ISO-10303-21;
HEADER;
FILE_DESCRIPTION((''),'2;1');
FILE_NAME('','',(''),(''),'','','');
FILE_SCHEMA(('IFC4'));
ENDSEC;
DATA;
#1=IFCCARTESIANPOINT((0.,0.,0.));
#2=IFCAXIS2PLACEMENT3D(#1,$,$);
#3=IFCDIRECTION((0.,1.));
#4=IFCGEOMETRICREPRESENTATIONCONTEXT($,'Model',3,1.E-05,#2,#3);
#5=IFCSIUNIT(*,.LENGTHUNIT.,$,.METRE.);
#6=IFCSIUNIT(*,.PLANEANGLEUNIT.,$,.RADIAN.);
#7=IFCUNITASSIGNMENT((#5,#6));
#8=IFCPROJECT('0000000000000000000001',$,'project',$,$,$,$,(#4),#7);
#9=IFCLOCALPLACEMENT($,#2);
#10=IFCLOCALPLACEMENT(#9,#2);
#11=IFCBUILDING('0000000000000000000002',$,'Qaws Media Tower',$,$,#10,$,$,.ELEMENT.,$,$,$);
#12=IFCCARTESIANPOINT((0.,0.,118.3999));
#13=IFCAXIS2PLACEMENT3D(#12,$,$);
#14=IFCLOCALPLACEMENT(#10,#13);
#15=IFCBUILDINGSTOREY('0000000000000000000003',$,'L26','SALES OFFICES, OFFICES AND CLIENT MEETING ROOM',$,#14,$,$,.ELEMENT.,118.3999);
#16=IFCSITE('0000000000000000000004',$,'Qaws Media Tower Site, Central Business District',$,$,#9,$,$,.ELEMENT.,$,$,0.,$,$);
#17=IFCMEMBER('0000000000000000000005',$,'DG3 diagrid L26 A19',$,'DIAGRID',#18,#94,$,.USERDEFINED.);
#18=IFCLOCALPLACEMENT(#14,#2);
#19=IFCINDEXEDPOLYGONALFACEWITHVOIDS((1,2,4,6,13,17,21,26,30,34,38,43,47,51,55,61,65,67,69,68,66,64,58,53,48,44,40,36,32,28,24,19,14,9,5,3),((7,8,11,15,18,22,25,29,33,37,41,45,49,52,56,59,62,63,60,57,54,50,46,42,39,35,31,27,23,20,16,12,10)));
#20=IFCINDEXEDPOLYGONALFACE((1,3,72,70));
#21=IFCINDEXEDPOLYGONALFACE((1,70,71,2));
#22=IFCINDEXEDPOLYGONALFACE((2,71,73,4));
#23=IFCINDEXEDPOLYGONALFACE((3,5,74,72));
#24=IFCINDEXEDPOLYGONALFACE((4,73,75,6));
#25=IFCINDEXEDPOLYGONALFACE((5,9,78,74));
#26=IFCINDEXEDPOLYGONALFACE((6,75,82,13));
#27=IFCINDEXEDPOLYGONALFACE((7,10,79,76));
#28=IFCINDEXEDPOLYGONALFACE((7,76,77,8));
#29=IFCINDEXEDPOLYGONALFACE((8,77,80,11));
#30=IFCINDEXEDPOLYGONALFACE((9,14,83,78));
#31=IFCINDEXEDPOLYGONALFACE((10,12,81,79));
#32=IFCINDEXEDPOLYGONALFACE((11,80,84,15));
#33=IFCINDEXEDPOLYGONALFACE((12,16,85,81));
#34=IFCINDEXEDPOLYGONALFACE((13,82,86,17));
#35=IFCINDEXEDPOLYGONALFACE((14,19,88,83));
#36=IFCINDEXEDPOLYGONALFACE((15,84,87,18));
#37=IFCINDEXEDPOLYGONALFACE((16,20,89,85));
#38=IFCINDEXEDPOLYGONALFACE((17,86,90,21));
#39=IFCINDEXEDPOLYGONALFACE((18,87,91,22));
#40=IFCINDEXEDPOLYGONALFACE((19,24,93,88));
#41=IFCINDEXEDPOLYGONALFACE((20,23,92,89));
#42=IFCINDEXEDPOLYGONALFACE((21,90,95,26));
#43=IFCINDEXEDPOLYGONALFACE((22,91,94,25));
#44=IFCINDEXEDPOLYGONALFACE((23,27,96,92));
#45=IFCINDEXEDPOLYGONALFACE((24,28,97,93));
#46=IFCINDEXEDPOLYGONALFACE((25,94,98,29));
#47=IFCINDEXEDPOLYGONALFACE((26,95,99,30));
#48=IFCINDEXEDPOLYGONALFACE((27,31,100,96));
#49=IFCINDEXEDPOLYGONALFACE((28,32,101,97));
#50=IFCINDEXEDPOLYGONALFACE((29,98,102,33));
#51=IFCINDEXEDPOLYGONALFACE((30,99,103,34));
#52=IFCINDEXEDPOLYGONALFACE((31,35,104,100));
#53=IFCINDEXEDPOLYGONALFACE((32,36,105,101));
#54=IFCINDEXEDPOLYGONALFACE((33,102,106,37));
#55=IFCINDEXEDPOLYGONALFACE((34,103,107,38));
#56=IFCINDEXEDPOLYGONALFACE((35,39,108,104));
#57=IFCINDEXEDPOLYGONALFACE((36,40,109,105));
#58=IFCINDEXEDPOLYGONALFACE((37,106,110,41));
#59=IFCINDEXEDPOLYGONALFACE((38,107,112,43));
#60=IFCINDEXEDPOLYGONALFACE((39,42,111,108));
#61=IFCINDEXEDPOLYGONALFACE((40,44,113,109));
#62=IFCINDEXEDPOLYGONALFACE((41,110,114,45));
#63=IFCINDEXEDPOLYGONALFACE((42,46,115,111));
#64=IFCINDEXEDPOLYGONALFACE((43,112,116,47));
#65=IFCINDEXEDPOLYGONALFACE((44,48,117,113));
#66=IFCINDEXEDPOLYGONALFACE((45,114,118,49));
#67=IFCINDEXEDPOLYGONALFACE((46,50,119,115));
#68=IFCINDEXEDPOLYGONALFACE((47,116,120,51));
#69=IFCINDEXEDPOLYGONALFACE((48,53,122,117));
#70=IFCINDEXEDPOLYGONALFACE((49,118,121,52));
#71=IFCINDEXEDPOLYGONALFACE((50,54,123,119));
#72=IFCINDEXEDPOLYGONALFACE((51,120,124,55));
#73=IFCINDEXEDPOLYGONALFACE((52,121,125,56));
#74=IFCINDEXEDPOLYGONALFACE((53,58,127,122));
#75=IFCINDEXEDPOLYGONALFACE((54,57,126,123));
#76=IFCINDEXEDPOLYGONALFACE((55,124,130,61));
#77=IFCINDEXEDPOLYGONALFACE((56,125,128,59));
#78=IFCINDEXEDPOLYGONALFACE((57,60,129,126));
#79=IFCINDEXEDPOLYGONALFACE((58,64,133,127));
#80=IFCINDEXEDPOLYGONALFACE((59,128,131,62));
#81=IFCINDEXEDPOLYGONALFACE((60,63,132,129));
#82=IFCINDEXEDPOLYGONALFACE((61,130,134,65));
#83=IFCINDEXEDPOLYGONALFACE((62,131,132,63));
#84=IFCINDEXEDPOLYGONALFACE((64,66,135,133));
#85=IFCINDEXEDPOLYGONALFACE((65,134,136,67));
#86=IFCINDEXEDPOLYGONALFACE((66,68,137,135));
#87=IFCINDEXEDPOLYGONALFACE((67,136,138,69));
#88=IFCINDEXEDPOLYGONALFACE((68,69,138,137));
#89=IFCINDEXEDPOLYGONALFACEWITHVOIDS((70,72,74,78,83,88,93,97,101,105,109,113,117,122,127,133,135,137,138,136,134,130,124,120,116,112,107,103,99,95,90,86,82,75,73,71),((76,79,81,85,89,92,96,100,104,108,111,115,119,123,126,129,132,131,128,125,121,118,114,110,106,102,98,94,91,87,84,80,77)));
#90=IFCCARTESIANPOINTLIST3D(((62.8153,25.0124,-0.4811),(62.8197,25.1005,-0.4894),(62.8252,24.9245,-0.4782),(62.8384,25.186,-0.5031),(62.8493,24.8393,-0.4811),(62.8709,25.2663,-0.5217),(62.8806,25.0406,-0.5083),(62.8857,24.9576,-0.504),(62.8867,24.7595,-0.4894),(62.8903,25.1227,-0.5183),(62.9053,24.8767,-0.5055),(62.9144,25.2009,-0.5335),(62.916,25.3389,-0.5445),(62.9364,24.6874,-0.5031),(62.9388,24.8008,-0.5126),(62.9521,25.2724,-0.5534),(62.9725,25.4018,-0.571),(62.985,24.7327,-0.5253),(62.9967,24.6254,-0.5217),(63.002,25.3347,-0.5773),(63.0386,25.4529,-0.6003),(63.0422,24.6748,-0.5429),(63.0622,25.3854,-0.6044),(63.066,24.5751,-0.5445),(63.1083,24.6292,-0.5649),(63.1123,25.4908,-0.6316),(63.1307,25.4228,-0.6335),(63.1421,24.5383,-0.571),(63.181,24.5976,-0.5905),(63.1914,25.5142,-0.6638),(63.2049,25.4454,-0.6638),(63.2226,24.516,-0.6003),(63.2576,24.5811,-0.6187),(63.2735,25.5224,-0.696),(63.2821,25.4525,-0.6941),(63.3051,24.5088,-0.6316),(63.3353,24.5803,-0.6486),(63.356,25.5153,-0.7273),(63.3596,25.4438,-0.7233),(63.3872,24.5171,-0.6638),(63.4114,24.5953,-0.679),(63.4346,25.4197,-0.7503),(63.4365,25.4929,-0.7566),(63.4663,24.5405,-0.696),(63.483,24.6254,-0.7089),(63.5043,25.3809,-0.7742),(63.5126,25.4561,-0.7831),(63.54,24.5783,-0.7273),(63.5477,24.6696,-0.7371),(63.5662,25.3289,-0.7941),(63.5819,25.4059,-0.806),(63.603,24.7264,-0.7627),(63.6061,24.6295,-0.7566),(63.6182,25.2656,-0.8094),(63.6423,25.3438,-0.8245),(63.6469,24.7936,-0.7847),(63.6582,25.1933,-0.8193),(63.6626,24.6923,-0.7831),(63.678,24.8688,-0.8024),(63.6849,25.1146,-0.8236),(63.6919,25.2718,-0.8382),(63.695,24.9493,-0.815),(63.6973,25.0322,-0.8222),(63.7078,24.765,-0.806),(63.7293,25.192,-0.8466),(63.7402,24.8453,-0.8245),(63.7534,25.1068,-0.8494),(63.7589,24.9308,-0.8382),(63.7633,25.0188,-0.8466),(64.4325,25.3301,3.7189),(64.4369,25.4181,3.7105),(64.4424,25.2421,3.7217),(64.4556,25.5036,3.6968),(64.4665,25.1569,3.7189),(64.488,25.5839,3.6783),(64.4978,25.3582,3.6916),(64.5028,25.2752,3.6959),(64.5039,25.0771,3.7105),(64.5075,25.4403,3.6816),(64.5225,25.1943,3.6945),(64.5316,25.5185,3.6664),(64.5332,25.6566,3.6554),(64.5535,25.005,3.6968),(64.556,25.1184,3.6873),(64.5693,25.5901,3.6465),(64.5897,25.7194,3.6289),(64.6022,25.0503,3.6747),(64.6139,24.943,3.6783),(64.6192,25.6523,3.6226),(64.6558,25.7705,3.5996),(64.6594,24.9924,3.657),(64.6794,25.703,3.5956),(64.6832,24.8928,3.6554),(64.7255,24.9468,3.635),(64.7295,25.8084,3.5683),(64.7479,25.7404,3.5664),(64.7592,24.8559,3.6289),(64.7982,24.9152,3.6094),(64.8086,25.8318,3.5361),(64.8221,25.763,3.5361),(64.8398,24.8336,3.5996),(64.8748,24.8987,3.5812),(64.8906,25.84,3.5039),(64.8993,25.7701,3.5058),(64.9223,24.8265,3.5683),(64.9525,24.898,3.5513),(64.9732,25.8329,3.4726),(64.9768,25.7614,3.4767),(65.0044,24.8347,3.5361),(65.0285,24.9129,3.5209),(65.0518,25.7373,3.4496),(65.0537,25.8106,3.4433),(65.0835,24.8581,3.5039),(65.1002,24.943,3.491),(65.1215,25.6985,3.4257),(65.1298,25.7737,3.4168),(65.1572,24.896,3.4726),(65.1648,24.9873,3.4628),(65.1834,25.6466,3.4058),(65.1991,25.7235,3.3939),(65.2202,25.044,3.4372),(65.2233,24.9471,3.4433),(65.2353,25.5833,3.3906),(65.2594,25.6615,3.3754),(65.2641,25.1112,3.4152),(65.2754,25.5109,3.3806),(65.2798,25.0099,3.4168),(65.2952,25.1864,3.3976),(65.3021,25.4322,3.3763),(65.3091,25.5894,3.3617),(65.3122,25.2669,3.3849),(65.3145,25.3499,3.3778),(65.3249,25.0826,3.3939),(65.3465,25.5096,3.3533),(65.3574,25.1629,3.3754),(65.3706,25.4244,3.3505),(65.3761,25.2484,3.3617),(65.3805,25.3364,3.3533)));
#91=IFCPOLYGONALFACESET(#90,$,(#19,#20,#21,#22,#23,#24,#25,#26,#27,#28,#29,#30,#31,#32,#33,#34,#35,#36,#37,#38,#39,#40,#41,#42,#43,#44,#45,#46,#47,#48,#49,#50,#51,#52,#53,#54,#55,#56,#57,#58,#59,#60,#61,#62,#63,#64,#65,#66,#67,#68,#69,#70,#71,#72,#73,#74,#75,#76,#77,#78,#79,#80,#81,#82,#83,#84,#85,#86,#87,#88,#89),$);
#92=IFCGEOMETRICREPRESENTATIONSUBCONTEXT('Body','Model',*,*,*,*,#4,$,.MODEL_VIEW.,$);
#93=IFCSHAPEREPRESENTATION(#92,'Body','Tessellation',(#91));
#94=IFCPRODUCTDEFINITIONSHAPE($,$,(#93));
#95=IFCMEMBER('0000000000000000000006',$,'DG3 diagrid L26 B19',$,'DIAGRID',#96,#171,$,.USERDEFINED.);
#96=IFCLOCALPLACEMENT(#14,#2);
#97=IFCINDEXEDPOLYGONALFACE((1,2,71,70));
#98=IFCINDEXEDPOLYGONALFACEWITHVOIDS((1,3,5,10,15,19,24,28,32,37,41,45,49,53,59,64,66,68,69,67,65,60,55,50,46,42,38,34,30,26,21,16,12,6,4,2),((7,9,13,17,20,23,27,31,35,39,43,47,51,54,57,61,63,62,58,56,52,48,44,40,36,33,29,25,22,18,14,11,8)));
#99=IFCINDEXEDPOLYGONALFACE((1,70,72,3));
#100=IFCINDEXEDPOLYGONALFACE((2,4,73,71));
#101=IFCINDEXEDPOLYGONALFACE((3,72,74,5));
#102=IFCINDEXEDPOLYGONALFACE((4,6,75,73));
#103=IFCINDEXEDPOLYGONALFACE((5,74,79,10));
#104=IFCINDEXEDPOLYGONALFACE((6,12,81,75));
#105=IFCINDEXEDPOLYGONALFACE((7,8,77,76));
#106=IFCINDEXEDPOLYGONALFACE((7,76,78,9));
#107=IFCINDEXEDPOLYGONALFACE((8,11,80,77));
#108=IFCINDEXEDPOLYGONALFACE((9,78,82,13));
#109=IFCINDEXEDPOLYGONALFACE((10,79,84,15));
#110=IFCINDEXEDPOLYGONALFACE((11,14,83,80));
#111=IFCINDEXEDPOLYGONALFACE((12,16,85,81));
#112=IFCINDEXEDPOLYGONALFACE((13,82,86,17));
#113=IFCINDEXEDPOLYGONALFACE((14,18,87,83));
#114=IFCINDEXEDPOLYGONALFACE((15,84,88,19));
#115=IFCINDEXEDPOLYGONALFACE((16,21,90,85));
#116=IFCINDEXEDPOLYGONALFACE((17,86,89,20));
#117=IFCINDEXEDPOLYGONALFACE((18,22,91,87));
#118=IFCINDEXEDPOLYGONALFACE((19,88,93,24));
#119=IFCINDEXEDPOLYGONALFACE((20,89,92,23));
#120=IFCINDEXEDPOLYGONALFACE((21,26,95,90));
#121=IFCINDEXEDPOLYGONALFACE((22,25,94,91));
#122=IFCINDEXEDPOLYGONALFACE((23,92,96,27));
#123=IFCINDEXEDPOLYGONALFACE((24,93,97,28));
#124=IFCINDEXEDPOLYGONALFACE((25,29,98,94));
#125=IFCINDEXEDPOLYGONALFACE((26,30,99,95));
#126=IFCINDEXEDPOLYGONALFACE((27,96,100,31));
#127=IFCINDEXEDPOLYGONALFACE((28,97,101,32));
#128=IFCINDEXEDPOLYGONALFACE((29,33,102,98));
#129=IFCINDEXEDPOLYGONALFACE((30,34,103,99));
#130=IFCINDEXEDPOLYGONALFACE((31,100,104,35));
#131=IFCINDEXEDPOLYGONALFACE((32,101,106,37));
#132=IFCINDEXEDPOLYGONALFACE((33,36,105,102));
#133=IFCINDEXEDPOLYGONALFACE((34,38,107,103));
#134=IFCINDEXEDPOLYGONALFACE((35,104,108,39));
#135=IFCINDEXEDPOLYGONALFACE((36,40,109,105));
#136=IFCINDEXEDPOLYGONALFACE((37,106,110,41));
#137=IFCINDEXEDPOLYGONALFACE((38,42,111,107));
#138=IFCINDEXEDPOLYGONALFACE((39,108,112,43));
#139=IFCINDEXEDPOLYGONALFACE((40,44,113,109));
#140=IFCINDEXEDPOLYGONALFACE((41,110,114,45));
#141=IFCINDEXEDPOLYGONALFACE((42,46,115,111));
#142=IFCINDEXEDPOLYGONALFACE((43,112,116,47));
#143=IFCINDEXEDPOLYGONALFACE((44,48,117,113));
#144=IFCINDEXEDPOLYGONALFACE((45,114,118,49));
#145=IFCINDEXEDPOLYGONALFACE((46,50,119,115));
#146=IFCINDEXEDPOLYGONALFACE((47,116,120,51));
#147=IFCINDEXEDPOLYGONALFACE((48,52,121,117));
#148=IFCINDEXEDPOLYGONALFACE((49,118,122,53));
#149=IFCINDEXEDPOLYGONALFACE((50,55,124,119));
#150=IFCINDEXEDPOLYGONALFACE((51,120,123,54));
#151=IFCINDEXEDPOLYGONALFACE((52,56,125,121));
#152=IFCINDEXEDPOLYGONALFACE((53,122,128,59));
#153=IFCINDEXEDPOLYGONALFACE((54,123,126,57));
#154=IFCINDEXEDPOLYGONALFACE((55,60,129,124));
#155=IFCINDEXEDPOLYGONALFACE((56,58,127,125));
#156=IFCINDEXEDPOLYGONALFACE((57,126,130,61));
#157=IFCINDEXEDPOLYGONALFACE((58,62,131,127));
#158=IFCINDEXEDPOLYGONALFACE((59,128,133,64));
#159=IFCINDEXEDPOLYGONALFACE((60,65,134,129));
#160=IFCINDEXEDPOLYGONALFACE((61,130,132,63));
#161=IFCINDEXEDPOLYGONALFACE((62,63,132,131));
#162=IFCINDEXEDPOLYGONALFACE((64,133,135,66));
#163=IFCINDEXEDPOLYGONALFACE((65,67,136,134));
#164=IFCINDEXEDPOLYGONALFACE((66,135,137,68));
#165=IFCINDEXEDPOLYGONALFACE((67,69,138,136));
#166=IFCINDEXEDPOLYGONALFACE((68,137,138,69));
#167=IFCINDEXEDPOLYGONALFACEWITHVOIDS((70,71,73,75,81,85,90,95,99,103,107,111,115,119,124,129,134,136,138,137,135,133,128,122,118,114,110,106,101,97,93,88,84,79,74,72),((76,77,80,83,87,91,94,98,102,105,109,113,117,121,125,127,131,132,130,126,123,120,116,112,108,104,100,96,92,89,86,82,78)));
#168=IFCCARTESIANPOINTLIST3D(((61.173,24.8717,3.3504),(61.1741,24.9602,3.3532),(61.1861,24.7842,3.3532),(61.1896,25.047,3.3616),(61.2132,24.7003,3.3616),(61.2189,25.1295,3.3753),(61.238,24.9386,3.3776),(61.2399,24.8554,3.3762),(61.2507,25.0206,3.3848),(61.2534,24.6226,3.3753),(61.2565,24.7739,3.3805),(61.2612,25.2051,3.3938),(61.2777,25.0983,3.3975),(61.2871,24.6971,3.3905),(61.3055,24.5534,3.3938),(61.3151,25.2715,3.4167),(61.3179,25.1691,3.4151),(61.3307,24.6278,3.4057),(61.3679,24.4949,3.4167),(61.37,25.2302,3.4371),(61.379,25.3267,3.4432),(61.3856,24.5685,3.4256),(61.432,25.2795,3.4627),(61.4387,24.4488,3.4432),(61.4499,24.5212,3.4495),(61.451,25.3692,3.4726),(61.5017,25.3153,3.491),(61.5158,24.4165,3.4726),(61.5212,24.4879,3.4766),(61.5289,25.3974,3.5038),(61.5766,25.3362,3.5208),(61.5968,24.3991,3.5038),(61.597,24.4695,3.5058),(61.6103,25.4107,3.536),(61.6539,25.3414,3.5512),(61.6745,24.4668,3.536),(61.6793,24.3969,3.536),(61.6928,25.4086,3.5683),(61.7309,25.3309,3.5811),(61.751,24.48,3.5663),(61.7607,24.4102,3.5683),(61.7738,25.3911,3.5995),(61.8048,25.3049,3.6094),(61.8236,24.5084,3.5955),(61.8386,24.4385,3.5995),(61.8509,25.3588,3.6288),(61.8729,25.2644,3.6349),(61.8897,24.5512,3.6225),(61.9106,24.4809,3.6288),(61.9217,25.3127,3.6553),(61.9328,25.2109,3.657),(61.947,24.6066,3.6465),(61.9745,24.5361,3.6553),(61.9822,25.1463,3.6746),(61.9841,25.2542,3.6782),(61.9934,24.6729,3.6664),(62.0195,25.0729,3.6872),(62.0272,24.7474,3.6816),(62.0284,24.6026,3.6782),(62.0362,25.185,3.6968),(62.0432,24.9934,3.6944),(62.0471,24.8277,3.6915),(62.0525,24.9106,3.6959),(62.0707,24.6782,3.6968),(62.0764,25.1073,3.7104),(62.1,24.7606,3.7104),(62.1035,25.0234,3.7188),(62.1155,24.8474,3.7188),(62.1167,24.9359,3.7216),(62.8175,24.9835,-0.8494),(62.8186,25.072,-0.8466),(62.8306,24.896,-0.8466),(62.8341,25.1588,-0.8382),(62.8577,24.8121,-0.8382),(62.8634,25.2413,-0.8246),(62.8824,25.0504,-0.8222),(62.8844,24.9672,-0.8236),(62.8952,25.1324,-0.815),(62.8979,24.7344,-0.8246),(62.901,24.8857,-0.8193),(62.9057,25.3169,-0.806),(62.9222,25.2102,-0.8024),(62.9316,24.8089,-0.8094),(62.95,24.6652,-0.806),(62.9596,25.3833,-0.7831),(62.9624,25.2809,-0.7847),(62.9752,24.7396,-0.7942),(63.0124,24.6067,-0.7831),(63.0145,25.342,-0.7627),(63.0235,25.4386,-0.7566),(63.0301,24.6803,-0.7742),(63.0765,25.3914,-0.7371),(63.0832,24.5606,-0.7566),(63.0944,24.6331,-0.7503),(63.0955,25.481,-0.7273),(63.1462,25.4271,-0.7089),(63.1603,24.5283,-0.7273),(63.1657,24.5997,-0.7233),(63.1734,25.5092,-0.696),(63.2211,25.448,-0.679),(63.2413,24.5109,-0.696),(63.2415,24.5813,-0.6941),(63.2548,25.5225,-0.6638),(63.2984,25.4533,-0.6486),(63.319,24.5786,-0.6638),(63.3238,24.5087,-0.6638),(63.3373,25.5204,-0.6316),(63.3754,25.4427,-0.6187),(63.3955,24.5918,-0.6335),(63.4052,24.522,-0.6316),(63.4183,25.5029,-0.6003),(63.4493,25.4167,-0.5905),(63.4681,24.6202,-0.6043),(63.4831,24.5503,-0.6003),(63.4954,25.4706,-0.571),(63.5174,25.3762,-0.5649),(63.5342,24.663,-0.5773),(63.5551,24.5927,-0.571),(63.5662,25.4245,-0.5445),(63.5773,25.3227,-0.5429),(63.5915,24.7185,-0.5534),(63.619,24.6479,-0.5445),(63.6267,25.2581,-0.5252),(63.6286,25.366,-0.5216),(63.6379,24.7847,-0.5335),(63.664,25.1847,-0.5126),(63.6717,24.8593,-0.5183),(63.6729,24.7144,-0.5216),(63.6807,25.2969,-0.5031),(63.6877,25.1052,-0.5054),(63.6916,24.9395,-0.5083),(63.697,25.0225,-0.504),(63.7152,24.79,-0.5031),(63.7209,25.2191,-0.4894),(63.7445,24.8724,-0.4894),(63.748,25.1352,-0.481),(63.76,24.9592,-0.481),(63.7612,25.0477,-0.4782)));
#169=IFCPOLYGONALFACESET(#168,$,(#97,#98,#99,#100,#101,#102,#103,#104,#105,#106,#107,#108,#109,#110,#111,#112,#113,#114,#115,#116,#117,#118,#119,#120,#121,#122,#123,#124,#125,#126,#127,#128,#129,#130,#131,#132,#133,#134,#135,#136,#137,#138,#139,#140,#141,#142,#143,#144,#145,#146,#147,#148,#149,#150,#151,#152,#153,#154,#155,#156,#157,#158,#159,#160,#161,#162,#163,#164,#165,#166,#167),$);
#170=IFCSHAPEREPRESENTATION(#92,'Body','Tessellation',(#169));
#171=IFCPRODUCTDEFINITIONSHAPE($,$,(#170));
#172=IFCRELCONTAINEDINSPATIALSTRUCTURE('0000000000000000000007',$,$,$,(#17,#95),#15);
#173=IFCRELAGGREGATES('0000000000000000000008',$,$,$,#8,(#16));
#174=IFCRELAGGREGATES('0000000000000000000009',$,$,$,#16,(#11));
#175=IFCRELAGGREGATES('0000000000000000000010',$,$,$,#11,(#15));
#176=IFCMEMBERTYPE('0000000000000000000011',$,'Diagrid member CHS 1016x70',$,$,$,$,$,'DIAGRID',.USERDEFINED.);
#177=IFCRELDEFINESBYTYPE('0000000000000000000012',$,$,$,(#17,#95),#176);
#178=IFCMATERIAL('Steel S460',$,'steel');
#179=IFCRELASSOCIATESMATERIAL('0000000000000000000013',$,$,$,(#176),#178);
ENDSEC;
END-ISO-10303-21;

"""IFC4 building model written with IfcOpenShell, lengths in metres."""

from ifc_helpers import new_model, si_unit, direction, frame, origin, origin_2d, place, context, subcontext, project, spatial, hollow_circle, extrude, material, material_profile, profile_set, type_object, element, save


model = new_model("IFC4")

# Units and contexts
model_context = context("Model", 3, precision=1e-05, world=origin(), true_north=direction((0.0, 1.0)))
body_context = subcontext(model_context, "Body", "Model", "MODEL_VIEW")
ifc_project = project(units=[si_unit("LENGTHUNIT", "METRE"), si_unit("PLANEANGLEUNIT", "RADIAN")], contexts=[model_context])

# Site, building, storey
site_placement = place(None, origin())
site = spatial("IfcSite", under=ifc_project, at=site_placement, Name="Qaws Media Tower Site, Central Business District", CompositionType="ELEMENT", RefElevation=0.0)
building_placement = place(site_placement, origin())
building = spatial("IfcBuilding", under=site, at=building_placement, Name="Qaws Media Tower", CompositionType="ELEMENT")
storey_placement = place(building_placement, frame((0.0, 0.0, 118.3999)))
storey = spatial("IfcBuildingStorey", under=building, at=storey_placement, Name="L26", Description="SALES OFFICES, OFFICES AND CLIENT MEETING ROOM", CompositionType="ELEMENT", Elevation=118.3999)

# Members
ifc_material_1 = material(Name="Steel S460", Category="steel")
ifc_material_profile_1 = material_profile(ifc_material_1, hollow_circle(Radius=0.5081, WallThickness=0.0701, at=origin_2d()), Name="CHS 1016x70")
ifc_profile_set_1 = profile_set([ifc_material_profile_1], Name="Steel S460")
member_type_1 = type_object("IfcMemberType", Name="Diagrid member CHS 1016x70", ElementType="DIAGRID", PredefinedType="USERDEFINED", material=ifc_profile_set_1)
for number, where, z_axis, x_axis, name in (
    (1, (63.2893, 25.0156, -0.6638), (0.35844, 0.0704, 0.930894), (-0.192725, 0.981253, 0.0), "DG3 diagrid L26 A19"),
    (2, (63.2893, 25.0156, -0.6638), (-0.364493, -0.024783, 0.930876), (0.067836, -0.997696, 0.0), "DG3 diagrid L26 B19"),
):
    element("IfcMember", number, at=place(storey_placement, frame(where, z_axis=z_axis, x_axis=x_axis)), inside=storey, type_object=member_type_1, Name=name, ObjectType="DIAGRID", PredefinedType="USERDEFINED", context=body_context, shape_type="SweptSolid", body=[
        extrude(hollow_circle(Radius=0.5081, WallThickness=0.0701, at=origin_2d()), origin(), (0.0, 0.0, 1.0), 4.5117),
    ])

save(model, "model.ifc")
